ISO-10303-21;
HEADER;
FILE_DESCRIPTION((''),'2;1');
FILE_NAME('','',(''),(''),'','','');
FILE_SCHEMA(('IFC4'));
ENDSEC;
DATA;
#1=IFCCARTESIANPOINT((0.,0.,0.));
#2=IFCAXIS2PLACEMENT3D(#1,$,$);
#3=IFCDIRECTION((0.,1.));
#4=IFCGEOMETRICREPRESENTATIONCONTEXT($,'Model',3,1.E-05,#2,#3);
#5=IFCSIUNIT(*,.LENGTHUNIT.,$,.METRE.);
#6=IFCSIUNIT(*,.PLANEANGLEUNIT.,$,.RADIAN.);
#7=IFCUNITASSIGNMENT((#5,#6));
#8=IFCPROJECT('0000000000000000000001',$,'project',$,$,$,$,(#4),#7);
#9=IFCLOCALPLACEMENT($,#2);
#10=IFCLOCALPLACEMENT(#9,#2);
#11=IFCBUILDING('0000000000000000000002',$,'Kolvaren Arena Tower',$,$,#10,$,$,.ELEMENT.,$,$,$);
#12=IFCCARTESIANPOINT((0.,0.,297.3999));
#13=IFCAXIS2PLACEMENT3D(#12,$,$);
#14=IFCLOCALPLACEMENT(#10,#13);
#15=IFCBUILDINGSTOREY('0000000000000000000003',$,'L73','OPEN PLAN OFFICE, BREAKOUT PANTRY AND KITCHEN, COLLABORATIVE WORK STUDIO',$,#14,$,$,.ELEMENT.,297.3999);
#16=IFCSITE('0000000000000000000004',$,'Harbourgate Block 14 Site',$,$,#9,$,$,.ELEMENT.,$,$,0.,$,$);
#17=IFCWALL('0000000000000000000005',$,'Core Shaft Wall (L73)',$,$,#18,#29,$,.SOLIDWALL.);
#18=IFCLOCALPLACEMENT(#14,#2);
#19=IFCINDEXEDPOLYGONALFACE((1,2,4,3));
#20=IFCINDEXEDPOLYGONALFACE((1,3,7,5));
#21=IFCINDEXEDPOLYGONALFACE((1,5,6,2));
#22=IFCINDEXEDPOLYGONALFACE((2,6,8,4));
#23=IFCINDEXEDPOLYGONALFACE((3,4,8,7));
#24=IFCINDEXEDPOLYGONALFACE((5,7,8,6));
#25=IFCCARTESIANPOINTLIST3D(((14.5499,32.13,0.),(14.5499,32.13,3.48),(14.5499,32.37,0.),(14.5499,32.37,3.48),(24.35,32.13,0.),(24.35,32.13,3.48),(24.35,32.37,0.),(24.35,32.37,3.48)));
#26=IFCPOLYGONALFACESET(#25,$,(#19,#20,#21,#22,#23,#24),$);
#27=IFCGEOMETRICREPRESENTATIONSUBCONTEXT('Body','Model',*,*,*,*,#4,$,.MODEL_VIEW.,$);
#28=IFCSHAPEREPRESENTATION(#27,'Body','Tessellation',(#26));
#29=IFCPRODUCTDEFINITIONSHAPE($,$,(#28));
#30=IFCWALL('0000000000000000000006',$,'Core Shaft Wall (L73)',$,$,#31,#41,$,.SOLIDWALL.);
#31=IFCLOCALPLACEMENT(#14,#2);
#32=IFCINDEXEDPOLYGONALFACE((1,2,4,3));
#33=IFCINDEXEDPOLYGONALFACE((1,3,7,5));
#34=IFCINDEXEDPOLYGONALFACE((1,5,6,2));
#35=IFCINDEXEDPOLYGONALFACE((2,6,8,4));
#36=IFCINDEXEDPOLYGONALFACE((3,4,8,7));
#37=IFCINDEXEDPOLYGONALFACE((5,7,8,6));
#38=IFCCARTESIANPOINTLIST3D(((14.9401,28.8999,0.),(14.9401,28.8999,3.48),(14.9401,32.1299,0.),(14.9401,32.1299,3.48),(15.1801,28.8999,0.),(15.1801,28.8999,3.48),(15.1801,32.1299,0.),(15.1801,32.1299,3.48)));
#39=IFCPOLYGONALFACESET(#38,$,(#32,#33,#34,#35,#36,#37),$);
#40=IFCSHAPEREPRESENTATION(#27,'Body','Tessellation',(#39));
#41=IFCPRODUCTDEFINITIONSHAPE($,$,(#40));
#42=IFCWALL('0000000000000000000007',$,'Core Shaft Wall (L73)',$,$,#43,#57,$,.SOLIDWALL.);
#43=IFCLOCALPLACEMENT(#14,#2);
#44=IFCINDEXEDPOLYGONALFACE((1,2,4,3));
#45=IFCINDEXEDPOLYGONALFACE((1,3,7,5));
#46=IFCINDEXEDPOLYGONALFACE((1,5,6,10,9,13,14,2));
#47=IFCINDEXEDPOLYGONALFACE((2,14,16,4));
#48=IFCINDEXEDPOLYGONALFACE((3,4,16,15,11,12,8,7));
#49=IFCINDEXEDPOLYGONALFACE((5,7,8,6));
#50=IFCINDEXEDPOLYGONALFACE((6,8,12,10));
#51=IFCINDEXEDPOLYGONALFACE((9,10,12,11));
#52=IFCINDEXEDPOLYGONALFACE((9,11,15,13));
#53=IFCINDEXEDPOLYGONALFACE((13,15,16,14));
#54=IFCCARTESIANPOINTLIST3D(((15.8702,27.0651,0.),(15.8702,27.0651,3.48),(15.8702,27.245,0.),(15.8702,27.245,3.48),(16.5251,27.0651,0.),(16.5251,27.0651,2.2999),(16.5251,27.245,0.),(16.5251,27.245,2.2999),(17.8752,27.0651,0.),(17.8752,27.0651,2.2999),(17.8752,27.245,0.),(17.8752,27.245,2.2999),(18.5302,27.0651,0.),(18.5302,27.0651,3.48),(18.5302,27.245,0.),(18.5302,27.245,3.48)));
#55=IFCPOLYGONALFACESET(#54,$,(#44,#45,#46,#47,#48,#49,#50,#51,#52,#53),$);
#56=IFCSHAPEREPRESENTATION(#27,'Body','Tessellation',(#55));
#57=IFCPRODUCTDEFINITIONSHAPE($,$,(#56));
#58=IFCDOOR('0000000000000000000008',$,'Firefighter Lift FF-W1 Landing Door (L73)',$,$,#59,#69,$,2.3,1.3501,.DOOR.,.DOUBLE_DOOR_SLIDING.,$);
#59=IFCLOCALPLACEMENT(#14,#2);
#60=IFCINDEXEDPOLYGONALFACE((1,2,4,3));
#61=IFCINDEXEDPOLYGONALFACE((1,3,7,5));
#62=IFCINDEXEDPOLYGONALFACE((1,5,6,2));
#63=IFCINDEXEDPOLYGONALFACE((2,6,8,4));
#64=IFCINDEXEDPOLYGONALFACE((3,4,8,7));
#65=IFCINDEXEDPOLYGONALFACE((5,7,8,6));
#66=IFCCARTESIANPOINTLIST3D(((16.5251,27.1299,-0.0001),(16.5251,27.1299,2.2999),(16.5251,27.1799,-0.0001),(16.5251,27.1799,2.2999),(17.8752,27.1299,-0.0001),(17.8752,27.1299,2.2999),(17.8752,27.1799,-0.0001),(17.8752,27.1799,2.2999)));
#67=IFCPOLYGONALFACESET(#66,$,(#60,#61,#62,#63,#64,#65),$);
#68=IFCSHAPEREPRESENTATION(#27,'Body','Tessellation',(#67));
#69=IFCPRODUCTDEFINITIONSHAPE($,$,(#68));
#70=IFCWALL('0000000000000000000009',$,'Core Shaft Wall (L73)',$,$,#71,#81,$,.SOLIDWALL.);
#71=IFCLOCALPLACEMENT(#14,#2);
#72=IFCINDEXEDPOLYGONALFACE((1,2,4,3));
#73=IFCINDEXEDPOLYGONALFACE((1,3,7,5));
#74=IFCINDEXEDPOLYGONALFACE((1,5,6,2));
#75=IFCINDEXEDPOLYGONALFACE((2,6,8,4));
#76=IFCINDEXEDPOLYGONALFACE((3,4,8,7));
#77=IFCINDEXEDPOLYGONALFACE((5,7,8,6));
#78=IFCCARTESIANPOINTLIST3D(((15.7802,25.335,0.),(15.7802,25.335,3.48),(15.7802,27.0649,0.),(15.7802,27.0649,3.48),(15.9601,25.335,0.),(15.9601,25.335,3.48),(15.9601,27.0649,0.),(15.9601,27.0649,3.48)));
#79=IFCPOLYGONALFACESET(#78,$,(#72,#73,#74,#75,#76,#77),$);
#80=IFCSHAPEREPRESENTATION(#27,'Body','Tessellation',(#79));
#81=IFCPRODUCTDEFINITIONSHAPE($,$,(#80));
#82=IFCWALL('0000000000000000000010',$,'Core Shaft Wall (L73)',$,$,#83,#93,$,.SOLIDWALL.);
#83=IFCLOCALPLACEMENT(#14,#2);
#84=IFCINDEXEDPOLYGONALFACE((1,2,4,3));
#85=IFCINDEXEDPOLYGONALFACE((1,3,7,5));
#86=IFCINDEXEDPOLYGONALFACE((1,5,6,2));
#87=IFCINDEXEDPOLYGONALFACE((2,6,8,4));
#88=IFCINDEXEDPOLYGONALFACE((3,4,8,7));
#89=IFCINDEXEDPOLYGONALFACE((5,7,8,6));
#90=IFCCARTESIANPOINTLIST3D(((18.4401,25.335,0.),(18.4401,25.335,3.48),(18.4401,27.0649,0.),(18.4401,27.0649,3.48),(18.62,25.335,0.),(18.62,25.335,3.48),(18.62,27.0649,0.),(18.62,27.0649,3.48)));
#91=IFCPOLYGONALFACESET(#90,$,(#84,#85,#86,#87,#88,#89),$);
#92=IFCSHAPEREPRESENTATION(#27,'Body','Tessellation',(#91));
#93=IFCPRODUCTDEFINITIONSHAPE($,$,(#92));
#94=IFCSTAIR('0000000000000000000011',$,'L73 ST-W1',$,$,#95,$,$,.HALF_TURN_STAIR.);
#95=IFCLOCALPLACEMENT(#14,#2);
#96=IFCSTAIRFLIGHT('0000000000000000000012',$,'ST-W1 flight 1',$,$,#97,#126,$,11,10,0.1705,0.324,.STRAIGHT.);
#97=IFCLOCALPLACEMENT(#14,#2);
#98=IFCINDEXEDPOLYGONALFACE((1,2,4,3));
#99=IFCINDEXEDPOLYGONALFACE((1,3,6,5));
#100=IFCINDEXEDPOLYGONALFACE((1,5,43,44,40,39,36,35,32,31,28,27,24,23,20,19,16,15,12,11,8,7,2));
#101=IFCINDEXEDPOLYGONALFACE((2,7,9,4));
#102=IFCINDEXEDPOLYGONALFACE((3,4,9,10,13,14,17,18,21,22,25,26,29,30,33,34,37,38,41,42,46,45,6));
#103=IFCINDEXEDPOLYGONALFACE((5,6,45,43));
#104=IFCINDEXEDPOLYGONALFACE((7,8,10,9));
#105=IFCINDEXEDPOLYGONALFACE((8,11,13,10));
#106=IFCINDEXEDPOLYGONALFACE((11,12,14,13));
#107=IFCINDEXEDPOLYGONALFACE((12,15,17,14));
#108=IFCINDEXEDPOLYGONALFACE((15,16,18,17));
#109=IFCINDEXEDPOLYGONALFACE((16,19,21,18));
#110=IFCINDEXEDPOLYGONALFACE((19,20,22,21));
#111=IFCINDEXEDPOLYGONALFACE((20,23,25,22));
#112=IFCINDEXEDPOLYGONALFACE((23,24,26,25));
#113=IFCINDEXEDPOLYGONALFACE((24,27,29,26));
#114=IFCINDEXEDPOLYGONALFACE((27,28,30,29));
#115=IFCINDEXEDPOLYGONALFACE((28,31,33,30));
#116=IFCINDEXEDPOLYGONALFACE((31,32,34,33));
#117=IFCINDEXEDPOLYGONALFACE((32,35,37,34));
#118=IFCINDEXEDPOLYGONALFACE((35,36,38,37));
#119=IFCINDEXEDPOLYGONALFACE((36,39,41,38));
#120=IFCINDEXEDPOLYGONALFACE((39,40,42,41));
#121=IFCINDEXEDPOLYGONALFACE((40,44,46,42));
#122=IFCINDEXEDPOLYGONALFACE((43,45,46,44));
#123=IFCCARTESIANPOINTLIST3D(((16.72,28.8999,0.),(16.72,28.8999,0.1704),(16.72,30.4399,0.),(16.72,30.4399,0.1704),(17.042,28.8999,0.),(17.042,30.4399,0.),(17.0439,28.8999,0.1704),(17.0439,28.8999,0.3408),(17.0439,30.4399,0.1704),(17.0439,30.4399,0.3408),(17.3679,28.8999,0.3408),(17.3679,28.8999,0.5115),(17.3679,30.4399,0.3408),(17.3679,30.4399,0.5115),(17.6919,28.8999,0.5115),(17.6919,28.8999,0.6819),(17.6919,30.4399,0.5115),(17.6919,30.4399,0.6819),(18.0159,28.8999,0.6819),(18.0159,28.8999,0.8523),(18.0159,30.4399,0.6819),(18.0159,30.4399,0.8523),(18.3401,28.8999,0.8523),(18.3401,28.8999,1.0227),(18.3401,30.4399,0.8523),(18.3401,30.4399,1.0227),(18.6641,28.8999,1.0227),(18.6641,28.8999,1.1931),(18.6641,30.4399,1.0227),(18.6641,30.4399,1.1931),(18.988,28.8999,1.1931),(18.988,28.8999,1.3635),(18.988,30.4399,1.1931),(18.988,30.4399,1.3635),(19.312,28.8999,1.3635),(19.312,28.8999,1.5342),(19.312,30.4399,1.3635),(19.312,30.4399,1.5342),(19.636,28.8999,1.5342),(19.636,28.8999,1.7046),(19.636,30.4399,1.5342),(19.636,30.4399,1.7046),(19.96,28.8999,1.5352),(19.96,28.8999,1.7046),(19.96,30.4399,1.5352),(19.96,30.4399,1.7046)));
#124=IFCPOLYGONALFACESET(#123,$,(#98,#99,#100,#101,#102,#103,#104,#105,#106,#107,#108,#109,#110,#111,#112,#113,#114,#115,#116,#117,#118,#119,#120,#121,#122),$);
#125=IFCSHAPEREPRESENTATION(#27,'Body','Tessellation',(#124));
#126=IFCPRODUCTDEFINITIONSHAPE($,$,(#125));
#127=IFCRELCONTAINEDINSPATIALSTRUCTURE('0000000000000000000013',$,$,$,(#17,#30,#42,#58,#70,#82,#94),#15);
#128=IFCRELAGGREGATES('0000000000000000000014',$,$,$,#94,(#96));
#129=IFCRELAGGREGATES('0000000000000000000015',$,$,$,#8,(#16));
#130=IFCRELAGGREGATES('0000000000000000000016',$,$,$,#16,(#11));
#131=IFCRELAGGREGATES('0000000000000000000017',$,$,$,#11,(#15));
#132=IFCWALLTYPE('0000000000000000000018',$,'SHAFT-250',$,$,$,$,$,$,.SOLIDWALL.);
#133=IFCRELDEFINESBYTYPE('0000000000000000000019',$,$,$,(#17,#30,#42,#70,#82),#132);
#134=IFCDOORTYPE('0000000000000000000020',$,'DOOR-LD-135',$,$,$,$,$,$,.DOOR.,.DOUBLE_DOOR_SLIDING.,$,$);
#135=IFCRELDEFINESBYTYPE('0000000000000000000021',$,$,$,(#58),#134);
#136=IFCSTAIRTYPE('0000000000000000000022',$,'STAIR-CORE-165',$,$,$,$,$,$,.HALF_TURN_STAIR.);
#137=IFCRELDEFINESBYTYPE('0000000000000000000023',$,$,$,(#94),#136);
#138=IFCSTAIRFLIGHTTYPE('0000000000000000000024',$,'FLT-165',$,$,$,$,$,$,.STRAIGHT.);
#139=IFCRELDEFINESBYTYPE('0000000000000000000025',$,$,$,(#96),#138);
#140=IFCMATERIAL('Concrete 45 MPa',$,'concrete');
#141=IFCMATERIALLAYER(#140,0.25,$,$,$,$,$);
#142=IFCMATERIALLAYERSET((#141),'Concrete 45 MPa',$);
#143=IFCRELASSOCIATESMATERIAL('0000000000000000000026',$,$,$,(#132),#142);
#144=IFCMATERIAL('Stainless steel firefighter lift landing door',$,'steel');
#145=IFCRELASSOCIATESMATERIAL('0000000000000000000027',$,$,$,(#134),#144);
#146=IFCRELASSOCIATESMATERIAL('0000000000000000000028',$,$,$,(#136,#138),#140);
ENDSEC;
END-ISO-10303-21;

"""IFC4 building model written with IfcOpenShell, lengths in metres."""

from ifc_helpers import new_model, si_unit, direction, frame, frame_2d, origin, place, context, subcontext, project, spatial, polyline, rectangle, outline, extrude, material, layer, layer_set, type_object, element, fill, aggregate, save


model = new_model("IFC4")

# Units and contexts
model_context = context("Model", 3, precision=1e-05, world=origin(), true_north=direction((0.0, 1.0)))
body_context = subcontext(model_context, "Body", "Model", "MODEL_VIEW")
ifc_project = project(units=[si_unit("LENGTHUNIT", "METRE"), si_unit("PLANEANGLEUNIT", "RADIAN")], contexts=[model_context])

# Site, building, storey
site_placement = place(None, origin())
site = spatial("IfcSite", under=ifc_project, at=site_placement, Name="Harbourgate Block 14 Site", CompositionType="ELEMENT", RefElevation=0.0)
building_placement = place(site_placement, origin())
building = spatial("IfcBuilding", under=site, at=building_placement, Name="Kolvaren Arena Tower", CompositionType="ELEMENT")
storey_placement = place(building_placement, frame((0.0, 0.0, 297.3999)))
storey = spatial("IfcBuildingStorey", under=building, at=storey_placement, Name="L73", Description="OPEN PLAN OFFICE, BREAKOUT PANTRY AND KITCHEN, COLLABORATIVE WORK STUDIO", CompositionType="ELEMENT", Elevation=297.3999)

# Walls
ifc_material_1 = material(Name="Concrete 45 MPa", Category="concrete")
ifc_layer_1 = layer(ifc_material_1, 0.25)
ifc_layer_set_1 = layer_set([ifc_layer_1], Name="Concrete 45 MPa")
wall_type_1 = type_object("IfcWallType", Name="SHAFT-250", PredefinedType="SOLIDWALL", material=ifc_layer_set_1)
wall_1_placement = place(storey_placement, frame((14.55, 32.25, 0.0), z_axis=(0.0, 0.0, 1.0), x_axis=(1.0, 0.0, 0.0)))
element("IfcWall", 1, at=wall_1_placement, inside=storey, type_object=wall_type_1, Name="Core Shaft Wall (L73)", PredefinedType="SOLIDWALL", context=body_context, shape_type="SweptSolid", body=[
    extrude(rectangle(XDim=9.8, YDim=0.24, at=frame_2d((4.8999, 0.0))), origin(), (0.0, 0.0, 1.0), 3.48),
])
wall_2_placement = place(storey_placement, frame((15.0601, 28.8999, 0.0), z_axis=(0.0, 0.0, 1.0), x_axis=(0.0, 1.0, 0.0)))
element("IfcWall", 2, at=wall_2_placement, inside=storey, type_object=wall_type_1, Name="Core Shaft Wall (L73)", PredefinedType="SOLIDWALL", context=body_context, shape_type="SweptSolid", body=[
    extrude(rectangle(XDim=3.23, YDim=0.24, at=frame_2d((1.615, 0.0))), origin(), (0.0, 0.0, 1.0), 3.48),
])

# Wall, opening, door
wall_3_placement = place(storey_placement, frame((15.8701, 27.155, 0.0), z_axis=(0.0, 0.0, 1.0), x_axis=(1.0, 0.0, 0.0)))
wall_3 = element("IfcWall", 3, at=wall_3_placement, inside=storey, type_object=wall_type_1, Name="Core Shaft Wall (L73)", PredefinedType="SOLIDWALL", context=body_context, shape_type="SweptSolid", body=[
    extrude(rectangle(XDim=2.6599, YDim=0.1799, at=frame_2d((1.3301, 0.0))), origin(), (0.0, 0.0, 1.0), 3.48),
])
opening_placement = place(wall_3_placement, frame((0.655, 0.0, 0.0)))
opening = element("IfcOpeningElement", 4, at=opening_placement, cuts=wall_3, PredefinedType="OPENING", context=body_context, shape_type="SweptSolid", body=[
    extrude(rectangle(XDim=1.3501, YDim=2.3, at=frame_2d((0.675, 1.1499))), frame((0.0, 0.0999, 0.0), z_axis=(0.0, -1.0, 0.0), x_axis=(1.0, 0.0, 0.0)), (0.0, 0.0, 1.0), 0.2),
])
ifc_material_2 = material(Name="Stainless steel firefighter lift landing door", Category="steel")
door_type = type_object("IfcDoorType", Name="DOOR-LD-135", OperationType="DOUBLE_DOOR_SLIDING", PredefinedType="DOOR", material=ifc_material_2)
door_placement = place(opening_placement, origin())
door = element("IfcDoor", 5, at=door_placement, inside=storey, type_object=door_type, Name="Firefighter Lift FF-W1 Landing Door (L73)", OperationType="DOUBLE_DOOR_SLIDING", OverallHeight=2.3, OverallWidth=1.3501, PredefinedType="DOOR", context=body_context, shape_type="SweptSolid", body=[
    extrude(rectangle(XDim=1.3501, YDim=2.3, at=frame_2d((0.675, 1.1499))), frame((0.0, 0.0249, 0.0), z_axis=(0.0, -1.0, 0.0), x_axis=(1.0, 0.0, 0.0)), (0.0, 0.0, 1.0), 0.05),
])
fill(opening, door)

# Walls
for number, where, z_axis, x_axis, name in (
    (6, (15.8701, 25.335, 0.0), (0.0, 0.0, 1.0), (0.0, 1.0, 0.0), "Core Shaft Wall (L73)"),
    (7, (18.53, 25.335, 0.0), (0.0, 0.0, 1.0), (0.0, 1.0, 0.0), "Core Shaft Wall (L73)"),
):
    element("IfcWall", number, at=place(storey_placement, frame(where, z_axis=z_axis, x_axis=x_axis)), inside=storey, type_object=wall_type_1, Name=name, PredefinedType="SOLIDWALL", context=body_context, shape_type="SweptSolid", body=[
        extrude(rectangle(XDim=1.73, YDim=0.1799, at=frame_2d((0.865, 0.0))), origin(), (0.0, 0.0, 1.0), 3.48),
    ])

# Stair, stair flight
stair_type = type_object("IfcStairType", Name="STAIR-CORE-165", PredefinedType="HALF_TURN_STAIR", material=ifc_material_1)
stair_placement = place(storey_placement, origin())
stair = element("IfcStair", 8, at=stair_placement, inside=storey, type_object=stair_type, Name="L73 ST-W1", PredefinedType="HALF_TURN_STAIR")
stair_flight_type = type_object("IfcStairFlightType", Name="FLT-165", PredefinedType="STRAIGHT", material=ifc_material_1)
stair_flight_placement = place(storey_placement, frame((16.72, 29.6699, 0.0), z_axis=(0.0, 0.0, 1.0), x_axis=(1.0, 0.0, 0.0)))
stair_flight = element("IfcStairFlight", 9, at=stair_flight_placement, type_object=stair_flight_type, Name="ST-W1 flight 1", NumberOfRisers=11, NumberOfTreads=10, PredefinedType="STRAIGHT", RiserHeight=0.1705, TreadLength=0.324, context=body_context, shape_type="SweptSolid", body=[
    extrude(outline(polyline([(0.0, 0.0), (0.0, 0.1704), (0.324, 0.1704), (0.324, 0.3408), (0.6479, 0.3408), (0.6479, 0.5115), (0.9719, 0.5115), (0.9719, 0.6819), (1.2959, 0.6819), (1.2959, 0.8523), (1.6201, 0.8523), (1.6201, 1.0227), (1.9441, 1.0227), (1.9441, 1.1931), (2.2681, 1.1931), (2.2681, 1.3635), (2.592, 1.3635), (2.592, 1.5342), (2.916, 1.5342), (2.916, 1.7046), (3.24, 1.7046), (3.24, 1.875), (3.24, 1.5352), (0.322, 0.0), (0.0, 0.0)])), frame((0.0, 0.77, 0.0), z_axis=(0.0, -1.0, 0.0), x_axis=(1.0, 0.0, 0.0)), (0.0, 0.0, 1.0), 1.54),
])
aggregate(stair, [stair_flight])

save(model, "model.ifc")
